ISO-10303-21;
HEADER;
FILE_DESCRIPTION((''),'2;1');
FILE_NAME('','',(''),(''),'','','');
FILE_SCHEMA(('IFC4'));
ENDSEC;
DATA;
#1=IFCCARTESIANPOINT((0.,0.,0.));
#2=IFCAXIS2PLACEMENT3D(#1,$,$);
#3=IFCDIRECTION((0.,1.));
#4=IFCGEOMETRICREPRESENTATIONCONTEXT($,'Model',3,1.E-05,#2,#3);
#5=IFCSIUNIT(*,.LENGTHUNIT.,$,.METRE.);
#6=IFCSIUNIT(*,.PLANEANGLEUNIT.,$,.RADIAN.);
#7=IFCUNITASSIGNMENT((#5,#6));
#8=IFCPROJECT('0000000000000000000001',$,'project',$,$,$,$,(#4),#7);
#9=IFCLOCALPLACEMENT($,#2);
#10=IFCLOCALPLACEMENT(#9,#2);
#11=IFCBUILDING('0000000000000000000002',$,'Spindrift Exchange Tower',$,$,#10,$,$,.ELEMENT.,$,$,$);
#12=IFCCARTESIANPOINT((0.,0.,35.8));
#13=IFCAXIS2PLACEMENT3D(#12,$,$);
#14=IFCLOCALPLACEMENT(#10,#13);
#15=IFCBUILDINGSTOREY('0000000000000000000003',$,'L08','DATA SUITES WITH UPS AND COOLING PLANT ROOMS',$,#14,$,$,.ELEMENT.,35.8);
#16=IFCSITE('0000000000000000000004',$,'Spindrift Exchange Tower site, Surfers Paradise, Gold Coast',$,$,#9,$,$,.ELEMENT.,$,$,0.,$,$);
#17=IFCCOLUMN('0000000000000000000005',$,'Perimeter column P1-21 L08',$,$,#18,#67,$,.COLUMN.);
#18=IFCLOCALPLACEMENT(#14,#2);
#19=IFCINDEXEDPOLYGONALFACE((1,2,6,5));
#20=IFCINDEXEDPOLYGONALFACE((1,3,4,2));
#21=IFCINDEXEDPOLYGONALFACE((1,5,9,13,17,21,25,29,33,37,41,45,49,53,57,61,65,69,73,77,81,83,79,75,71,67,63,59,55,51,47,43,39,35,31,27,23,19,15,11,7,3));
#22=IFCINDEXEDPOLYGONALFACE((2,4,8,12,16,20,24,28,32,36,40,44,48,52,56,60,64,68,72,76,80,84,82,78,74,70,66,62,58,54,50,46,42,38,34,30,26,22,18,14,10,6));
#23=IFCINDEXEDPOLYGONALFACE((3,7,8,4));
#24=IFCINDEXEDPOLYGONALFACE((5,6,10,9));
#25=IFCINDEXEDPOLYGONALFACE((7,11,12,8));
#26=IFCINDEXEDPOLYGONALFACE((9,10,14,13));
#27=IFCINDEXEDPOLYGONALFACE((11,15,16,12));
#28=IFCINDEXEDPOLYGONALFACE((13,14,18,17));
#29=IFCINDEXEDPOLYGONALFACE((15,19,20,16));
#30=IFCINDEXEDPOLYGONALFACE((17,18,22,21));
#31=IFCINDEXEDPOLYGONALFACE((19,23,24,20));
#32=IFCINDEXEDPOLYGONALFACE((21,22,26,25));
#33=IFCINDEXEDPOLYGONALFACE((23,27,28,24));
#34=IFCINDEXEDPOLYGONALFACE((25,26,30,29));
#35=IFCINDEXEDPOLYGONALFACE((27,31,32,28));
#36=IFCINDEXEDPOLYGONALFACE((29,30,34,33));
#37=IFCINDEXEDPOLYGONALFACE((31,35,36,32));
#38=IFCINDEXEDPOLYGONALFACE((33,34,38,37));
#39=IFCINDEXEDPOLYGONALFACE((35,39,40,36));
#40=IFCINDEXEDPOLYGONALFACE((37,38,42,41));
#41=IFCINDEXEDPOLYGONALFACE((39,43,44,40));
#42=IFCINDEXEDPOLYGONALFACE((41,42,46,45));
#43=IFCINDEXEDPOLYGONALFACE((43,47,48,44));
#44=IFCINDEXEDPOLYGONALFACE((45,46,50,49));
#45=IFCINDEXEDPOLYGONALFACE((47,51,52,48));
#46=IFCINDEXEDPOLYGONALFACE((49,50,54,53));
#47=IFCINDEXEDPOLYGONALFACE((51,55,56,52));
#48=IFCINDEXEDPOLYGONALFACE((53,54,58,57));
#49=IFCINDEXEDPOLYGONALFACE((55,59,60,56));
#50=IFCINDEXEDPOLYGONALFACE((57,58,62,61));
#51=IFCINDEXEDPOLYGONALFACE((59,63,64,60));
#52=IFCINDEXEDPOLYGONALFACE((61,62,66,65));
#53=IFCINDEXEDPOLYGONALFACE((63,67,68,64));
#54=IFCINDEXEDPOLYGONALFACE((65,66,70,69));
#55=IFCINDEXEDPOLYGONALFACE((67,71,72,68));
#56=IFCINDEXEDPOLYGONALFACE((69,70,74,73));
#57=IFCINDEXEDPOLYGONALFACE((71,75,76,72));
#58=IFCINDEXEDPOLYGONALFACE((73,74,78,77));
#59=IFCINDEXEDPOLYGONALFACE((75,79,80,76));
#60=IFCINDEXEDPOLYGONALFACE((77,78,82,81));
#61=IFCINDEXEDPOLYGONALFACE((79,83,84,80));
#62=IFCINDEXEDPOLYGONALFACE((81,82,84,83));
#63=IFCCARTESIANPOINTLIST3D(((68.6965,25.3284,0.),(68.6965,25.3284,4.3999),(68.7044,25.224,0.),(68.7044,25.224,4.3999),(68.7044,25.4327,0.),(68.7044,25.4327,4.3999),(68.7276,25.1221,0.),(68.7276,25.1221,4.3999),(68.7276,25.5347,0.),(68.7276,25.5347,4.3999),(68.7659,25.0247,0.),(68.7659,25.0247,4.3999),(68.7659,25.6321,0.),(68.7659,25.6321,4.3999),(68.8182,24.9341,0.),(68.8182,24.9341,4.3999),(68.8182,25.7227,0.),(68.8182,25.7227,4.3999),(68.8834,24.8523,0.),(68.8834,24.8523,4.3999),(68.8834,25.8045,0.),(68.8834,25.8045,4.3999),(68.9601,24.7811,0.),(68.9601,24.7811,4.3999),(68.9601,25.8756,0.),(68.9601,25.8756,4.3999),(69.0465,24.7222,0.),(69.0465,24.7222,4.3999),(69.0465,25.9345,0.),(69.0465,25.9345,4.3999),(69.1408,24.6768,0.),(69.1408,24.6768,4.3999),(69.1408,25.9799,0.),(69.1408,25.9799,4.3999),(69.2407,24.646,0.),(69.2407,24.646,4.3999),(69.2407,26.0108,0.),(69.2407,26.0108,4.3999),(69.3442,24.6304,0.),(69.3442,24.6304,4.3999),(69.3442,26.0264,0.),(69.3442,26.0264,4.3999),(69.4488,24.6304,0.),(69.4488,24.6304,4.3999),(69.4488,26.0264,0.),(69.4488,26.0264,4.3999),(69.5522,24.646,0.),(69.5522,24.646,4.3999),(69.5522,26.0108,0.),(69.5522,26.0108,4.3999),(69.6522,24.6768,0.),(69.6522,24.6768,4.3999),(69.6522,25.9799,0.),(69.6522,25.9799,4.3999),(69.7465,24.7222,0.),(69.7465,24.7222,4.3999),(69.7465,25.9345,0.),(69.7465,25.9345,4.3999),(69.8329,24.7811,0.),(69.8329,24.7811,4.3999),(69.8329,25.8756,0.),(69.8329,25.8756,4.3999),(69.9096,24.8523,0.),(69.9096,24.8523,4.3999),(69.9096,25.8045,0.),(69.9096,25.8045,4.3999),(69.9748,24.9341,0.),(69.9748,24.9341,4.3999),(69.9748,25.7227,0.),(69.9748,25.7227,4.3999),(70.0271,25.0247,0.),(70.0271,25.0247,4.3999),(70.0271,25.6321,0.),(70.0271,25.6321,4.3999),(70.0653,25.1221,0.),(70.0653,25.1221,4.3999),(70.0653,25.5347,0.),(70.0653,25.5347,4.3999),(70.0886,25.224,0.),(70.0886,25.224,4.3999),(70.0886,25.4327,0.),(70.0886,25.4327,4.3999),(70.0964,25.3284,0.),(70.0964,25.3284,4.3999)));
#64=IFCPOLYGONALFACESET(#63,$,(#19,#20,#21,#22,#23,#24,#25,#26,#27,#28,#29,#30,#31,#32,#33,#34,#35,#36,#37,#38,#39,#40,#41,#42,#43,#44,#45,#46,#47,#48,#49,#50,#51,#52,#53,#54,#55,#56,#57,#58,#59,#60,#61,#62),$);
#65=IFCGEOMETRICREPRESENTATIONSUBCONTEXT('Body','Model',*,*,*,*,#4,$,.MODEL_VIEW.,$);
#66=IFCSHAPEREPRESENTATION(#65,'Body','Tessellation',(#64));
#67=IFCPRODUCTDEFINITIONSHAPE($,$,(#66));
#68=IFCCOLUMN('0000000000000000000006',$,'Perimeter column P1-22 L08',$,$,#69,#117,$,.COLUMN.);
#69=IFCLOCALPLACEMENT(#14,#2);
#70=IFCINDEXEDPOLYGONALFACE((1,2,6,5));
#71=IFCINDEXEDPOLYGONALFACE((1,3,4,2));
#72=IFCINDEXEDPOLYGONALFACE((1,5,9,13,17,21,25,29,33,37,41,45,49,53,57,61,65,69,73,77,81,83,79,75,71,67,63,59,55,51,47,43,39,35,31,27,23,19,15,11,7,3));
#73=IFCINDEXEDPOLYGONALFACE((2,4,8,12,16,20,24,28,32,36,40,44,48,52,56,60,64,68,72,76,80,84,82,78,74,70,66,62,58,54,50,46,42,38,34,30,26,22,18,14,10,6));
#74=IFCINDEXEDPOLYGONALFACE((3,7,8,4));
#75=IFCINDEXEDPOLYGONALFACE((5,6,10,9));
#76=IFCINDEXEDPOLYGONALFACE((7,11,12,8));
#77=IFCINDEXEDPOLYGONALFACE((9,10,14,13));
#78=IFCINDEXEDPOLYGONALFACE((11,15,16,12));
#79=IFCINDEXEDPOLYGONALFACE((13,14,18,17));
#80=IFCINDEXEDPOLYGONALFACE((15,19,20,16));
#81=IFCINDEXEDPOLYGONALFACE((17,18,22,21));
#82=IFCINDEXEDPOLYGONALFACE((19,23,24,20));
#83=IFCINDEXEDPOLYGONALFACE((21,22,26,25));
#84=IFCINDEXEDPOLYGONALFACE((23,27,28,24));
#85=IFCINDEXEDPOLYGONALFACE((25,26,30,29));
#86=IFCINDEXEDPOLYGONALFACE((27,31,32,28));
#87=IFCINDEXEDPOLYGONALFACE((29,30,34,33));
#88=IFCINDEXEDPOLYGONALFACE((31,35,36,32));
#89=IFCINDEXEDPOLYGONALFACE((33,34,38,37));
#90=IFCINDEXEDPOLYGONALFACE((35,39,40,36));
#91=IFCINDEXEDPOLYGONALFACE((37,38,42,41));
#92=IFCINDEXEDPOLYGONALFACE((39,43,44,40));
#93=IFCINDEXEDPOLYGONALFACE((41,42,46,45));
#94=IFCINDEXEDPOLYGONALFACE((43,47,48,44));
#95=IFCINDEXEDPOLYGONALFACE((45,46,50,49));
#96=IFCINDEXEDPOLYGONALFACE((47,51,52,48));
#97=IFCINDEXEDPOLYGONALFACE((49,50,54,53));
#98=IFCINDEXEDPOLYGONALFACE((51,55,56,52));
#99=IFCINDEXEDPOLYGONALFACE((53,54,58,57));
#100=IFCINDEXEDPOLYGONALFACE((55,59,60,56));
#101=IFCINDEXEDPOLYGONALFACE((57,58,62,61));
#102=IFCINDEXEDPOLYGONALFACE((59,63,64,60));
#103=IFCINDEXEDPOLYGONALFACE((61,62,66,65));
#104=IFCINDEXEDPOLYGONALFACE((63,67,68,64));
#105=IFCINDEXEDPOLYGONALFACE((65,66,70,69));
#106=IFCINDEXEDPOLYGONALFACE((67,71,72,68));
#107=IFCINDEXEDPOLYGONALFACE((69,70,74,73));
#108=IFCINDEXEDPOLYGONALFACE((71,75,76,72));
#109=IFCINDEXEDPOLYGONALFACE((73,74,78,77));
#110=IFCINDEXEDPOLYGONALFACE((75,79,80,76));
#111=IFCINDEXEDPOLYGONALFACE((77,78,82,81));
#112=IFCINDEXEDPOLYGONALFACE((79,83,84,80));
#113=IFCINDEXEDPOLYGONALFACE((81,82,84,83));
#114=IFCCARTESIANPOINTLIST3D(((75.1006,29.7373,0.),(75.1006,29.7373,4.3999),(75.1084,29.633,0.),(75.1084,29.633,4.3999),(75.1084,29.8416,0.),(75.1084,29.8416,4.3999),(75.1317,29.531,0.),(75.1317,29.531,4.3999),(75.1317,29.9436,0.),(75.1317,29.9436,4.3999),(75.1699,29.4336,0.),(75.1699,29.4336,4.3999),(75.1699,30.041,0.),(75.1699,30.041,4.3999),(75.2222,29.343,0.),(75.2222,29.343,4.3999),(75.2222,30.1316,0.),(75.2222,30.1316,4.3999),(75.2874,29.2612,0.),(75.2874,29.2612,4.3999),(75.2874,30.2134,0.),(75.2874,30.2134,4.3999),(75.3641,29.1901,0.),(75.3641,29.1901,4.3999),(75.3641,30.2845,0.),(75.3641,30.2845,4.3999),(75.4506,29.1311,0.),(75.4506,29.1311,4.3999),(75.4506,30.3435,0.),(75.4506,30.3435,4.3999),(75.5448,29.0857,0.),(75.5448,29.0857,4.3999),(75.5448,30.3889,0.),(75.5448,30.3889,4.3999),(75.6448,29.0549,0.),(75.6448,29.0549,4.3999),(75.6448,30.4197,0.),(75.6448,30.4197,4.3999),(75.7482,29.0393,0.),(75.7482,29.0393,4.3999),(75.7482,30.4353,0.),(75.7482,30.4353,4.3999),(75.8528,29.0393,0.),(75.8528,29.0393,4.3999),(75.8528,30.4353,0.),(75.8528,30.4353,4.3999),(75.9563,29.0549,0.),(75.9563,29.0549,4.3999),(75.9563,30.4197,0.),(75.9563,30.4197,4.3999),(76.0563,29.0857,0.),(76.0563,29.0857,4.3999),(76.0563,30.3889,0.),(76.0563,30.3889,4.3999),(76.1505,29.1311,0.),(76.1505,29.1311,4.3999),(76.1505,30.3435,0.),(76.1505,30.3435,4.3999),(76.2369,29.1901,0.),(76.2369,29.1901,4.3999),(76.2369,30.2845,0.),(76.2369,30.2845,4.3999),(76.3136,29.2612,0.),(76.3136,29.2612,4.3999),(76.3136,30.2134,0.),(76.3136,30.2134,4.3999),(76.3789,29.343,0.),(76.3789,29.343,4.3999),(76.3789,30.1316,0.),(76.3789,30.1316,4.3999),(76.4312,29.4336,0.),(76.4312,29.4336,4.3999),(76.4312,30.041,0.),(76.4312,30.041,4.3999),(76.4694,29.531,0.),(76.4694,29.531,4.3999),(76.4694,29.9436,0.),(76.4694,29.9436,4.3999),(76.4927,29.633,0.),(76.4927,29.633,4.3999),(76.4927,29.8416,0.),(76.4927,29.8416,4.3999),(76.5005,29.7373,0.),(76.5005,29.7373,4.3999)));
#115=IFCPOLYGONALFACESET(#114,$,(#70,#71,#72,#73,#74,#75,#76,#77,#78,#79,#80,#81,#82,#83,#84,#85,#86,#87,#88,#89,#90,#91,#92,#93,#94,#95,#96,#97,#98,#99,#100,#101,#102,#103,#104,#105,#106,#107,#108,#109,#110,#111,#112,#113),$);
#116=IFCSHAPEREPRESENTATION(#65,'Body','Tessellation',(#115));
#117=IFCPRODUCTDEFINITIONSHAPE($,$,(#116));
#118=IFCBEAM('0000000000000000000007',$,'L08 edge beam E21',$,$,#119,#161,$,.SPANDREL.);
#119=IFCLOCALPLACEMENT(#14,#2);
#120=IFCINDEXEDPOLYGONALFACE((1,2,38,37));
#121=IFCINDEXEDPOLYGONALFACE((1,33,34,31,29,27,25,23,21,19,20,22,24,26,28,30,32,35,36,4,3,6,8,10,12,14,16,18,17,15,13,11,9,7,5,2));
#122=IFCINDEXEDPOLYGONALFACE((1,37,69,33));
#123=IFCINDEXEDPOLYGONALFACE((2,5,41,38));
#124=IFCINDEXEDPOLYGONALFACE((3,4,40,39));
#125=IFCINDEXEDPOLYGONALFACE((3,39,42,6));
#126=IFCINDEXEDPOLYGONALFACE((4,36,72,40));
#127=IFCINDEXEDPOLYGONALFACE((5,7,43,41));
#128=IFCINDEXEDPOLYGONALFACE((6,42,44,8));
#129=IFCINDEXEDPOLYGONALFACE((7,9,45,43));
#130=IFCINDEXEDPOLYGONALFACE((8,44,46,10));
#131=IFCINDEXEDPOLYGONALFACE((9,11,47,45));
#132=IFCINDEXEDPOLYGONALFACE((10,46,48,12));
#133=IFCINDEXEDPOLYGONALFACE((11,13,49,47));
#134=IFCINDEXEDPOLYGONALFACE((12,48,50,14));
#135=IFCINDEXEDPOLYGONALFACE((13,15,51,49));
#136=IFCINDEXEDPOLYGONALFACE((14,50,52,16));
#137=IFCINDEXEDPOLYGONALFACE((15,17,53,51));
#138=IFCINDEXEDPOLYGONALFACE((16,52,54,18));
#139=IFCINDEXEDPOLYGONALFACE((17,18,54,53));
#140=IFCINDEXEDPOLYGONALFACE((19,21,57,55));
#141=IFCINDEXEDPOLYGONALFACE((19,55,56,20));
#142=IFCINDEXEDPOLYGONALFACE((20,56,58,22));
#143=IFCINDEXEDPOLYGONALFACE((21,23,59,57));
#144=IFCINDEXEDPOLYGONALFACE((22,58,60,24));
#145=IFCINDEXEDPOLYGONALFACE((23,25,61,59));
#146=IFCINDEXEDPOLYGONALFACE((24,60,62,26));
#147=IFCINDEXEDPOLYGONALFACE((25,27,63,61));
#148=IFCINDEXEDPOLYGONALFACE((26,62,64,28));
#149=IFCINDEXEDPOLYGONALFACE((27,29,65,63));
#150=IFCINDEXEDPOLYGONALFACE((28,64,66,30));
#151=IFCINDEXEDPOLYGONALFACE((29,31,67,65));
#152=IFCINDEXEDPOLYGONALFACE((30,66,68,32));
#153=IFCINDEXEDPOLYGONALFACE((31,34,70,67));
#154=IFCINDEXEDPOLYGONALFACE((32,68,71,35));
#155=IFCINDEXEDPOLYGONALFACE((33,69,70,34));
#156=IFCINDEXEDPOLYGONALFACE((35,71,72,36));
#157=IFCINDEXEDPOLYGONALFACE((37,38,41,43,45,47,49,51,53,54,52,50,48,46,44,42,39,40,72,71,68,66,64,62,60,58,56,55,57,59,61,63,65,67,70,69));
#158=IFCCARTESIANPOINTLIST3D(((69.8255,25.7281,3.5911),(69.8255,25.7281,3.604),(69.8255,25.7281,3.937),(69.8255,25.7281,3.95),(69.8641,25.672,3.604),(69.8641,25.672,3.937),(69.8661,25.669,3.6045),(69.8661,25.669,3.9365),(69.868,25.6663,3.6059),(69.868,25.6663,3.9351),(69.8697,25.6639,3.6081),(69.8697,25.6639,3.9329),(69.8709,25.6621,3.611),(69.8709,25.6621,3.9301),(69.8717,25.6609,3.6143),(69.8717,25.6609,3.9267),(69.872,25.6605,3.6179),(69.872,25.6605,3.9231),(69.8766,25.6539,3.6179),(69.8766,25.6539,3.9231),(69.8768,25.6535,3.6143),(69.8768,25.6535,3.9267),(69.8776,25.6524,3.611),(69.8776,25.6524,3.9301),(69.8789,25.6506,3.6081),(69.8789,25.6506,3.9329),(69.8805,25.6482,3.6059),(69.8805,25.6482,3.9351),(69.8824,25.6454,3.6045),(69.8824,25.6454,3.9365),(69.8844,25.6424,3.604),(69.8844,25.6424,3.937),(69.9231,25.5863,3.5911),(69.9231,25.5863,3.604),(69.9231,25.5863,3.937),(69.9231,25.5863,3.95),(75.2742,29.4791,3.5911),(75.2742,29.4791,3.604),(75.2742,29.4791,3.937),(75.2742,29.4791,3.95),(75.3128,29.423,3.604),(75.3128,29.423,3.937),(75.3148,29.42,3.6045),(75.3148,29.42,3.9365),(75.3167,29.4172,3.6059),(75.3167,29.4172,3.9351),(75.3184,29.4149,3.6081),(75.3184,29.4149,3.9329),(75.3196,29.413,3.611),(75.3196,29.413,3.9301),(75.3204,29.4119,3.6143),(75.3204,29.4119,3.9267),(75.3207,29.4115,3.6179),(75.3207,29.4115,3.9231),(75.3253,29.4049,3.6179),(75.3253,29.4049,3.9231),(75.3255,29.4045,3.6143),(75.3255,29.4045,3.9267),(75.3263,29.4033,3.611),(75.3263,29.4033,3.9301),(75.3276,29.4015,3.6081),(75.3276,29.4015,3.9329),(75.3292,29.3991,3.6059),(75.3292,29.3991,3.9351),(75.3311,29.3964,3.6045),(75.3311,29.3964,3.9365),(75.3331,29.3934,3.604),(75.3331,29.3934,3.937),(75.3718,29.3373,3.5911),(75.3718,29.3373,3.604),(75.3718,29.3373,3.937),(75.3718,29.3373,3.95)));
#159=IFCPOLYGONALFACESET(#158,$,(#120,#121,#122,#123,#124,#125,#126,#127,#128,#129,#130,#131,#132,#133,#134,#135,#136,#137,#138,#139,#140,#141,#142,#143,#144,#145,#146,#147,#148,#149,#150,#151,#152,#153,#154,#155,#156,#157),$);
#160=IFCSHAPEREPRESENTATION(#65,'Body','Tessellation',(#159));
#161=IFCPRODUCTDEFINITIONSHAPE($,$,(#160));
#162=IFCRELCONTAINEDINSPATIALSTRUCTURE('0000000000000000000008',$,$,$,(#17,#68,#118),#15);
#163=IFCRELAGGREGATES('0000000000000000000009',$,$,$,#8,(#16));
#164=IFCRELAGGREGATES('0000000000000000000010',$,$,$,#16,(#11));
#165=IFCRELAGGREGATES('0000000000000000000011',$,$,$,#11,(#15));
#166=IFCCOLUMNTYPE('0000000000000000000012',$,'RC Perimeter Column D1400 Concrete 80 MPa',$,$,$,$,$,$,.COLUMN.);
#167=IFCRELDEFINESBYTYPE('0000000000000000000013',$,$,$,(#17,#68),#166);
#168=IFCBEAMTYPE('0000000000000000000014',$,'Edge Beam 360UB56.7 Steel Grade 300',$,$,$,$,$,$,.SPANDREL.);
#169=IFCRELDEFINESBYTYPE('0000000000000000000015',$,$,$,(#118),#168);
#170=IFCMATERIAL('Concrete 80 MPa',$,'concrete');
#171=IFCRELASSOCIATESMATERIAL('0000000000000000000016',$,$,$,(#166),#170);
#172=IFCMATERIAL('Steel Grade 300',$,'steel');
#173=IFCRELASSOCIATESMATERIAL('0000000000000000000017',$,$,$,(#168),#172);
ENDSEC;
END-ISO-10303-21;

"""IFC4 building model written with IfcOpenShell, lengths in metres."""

from ifc_helpers import new_model, si_unit, direction, frame, origin, origin_2d, place, context, subcontext, project, spatial, circle, i_section, extrude, source, transform, mapped, material, material_profile, profile_set, type_object, element, save


model = new_model("IFC4")

# Units and contexts
model_context = context("Model", 3, precision=1e-05, world=origin(), true_north=direction((0.0, 1.0)))
body_context = subcontext(model_context, "Body", "Model", "MODEL_VIEW")
ifc_project = project(units=[si_unit("LENGTHUNIT", "METRE"), si_unit("PLANEANGLEUNIT", "RADIAN")], contexts=[model_context])

# Site, building, storey
site_placement = place(None, origin())
site = spatial("IfcSite", under=ifc_project, at=site_placement, Name="Spindrift Exchange Tower site, Surfers Paradise, Gold Coast", CompositionType="ELEMENT", RefElevation=0.0)
building_placement = place(site_placement, origin())
building = spatial("IfcBuilding", under=site, at=building_placement, Name="Spindrift Exchange Tower", CompositionType="ELEMENT")
storey_placement = place(building_placement, frame((0.0, 0.0, 35.8)))
storey = spatial("IfcBuildingStorey", under=building, at=storey_placement, Name="L08", Description="DATA SUITES WITH UPS AND COOLING PLANT ROOMS", CompositionType="ELEMENT", Elevation=35.8)

# Columns
ifc_material_1 = material(Name="Concrete 80 MPa", Category="concrete")
ifc_material_profile_1 = material_profile(ifc_material_1, circle(Radius=0.7, at=origin_2d()), Name="RC D1400")
ifc_profile_set_1 = profile_set([ifc_material_profile_1], Name="Concrete 80 MPa")
column_type = type_object("IfcColumnType", Name="RC Perimeter Column D1400 Concrete 80 MPa", PredefinedType="COLUMN", material=ifc_profile_set_1)
shared_shape_1 = source(origin(), body_context, "Body", "SweptSolid", [
    extrude(circle(Radius=0.7, at=origin_2d()), origin(), (0.0, 0.0, 1.0), 4.3999),
])
for number, where, z_axis, x_axis, name in (
    (1, (69.3965, 25.3284, 0.0), (0.0, 0.0, 1.0), (1.0, 0.0, 0.0), "Perimeter column P1-21 L08"),
    (2, (75.8005, 29.7373, 0.0), (0.0, 0.0, 1.0), (1.0, 0.0, 0.0), "Perimeter column P1-22 L08"),
):
    element("IfcColumn", number, at=place(storey_placement, frame(where, z_axis=z_axis, x_axis=x_axis)), inside=storey, type_object=column_type, Name=name, PredefinedType="COLUMN", context=body_context, shape_type="MappedRepresentation", body=[
        mapped(shared_shape_1, transform((0.0, 0.0, 0.0), scale=1.0)),
    ])

# Beam
ifc_material_2 = material(Name="Steel Grade 300", Category="steel")
ifc_material_profile_2 = material_profile(ifc_material_2, i_section(OverallWidth=0.1721, OverallDepth=0.3589, WebThickness=0.0081, FlangeThickness=0.0129, FilletRadius=0.0139, at=origin_2d()), Name="360UB56.7")
ifc_profile_set_2 = profile_set([ifc_material_profile_2], Name="Steel Grade 300")
beam_type_1 = type_object("IfcBeamType", Name="Edge Beam 360UB56.7 Steel Grade 300", PredefinedType="SPANDREL", material=ifc_profile_set_2)
shared_shape_2 = source(origin(), body_context, "Body", "SweptSolid", [
    extrude(i_section(OverallWidth=0.1721, OverallDepth=0.3589, WebThickness=0.0081, FlangeThickness=0.0129, FilletRadius=0.0139, at=origin_2d()), origin(), (0.0, 0.0, 1.0), 6.615),
])
beam_1_placement = place(storey_placement, frame((69.8743, 25.6572, 3.7705), z_axis=(0.823691, 0.567039, 0.0), x_axis=(-0.567039, 0.823691, 0.0)))
element("IfcBeam", 3, at=beam_1_placement, inside=storey, type_object=beam_type_1, Name="L08 edge beam E21", PredefinedType="SPANDREL", context=body_context, shape_type="MappedRepresentation", body=[
    mapped(shared_shape_2, transform((0.0, 0.0, 0.0), scale=1.0)),
])

save(model, "model.ifc")
